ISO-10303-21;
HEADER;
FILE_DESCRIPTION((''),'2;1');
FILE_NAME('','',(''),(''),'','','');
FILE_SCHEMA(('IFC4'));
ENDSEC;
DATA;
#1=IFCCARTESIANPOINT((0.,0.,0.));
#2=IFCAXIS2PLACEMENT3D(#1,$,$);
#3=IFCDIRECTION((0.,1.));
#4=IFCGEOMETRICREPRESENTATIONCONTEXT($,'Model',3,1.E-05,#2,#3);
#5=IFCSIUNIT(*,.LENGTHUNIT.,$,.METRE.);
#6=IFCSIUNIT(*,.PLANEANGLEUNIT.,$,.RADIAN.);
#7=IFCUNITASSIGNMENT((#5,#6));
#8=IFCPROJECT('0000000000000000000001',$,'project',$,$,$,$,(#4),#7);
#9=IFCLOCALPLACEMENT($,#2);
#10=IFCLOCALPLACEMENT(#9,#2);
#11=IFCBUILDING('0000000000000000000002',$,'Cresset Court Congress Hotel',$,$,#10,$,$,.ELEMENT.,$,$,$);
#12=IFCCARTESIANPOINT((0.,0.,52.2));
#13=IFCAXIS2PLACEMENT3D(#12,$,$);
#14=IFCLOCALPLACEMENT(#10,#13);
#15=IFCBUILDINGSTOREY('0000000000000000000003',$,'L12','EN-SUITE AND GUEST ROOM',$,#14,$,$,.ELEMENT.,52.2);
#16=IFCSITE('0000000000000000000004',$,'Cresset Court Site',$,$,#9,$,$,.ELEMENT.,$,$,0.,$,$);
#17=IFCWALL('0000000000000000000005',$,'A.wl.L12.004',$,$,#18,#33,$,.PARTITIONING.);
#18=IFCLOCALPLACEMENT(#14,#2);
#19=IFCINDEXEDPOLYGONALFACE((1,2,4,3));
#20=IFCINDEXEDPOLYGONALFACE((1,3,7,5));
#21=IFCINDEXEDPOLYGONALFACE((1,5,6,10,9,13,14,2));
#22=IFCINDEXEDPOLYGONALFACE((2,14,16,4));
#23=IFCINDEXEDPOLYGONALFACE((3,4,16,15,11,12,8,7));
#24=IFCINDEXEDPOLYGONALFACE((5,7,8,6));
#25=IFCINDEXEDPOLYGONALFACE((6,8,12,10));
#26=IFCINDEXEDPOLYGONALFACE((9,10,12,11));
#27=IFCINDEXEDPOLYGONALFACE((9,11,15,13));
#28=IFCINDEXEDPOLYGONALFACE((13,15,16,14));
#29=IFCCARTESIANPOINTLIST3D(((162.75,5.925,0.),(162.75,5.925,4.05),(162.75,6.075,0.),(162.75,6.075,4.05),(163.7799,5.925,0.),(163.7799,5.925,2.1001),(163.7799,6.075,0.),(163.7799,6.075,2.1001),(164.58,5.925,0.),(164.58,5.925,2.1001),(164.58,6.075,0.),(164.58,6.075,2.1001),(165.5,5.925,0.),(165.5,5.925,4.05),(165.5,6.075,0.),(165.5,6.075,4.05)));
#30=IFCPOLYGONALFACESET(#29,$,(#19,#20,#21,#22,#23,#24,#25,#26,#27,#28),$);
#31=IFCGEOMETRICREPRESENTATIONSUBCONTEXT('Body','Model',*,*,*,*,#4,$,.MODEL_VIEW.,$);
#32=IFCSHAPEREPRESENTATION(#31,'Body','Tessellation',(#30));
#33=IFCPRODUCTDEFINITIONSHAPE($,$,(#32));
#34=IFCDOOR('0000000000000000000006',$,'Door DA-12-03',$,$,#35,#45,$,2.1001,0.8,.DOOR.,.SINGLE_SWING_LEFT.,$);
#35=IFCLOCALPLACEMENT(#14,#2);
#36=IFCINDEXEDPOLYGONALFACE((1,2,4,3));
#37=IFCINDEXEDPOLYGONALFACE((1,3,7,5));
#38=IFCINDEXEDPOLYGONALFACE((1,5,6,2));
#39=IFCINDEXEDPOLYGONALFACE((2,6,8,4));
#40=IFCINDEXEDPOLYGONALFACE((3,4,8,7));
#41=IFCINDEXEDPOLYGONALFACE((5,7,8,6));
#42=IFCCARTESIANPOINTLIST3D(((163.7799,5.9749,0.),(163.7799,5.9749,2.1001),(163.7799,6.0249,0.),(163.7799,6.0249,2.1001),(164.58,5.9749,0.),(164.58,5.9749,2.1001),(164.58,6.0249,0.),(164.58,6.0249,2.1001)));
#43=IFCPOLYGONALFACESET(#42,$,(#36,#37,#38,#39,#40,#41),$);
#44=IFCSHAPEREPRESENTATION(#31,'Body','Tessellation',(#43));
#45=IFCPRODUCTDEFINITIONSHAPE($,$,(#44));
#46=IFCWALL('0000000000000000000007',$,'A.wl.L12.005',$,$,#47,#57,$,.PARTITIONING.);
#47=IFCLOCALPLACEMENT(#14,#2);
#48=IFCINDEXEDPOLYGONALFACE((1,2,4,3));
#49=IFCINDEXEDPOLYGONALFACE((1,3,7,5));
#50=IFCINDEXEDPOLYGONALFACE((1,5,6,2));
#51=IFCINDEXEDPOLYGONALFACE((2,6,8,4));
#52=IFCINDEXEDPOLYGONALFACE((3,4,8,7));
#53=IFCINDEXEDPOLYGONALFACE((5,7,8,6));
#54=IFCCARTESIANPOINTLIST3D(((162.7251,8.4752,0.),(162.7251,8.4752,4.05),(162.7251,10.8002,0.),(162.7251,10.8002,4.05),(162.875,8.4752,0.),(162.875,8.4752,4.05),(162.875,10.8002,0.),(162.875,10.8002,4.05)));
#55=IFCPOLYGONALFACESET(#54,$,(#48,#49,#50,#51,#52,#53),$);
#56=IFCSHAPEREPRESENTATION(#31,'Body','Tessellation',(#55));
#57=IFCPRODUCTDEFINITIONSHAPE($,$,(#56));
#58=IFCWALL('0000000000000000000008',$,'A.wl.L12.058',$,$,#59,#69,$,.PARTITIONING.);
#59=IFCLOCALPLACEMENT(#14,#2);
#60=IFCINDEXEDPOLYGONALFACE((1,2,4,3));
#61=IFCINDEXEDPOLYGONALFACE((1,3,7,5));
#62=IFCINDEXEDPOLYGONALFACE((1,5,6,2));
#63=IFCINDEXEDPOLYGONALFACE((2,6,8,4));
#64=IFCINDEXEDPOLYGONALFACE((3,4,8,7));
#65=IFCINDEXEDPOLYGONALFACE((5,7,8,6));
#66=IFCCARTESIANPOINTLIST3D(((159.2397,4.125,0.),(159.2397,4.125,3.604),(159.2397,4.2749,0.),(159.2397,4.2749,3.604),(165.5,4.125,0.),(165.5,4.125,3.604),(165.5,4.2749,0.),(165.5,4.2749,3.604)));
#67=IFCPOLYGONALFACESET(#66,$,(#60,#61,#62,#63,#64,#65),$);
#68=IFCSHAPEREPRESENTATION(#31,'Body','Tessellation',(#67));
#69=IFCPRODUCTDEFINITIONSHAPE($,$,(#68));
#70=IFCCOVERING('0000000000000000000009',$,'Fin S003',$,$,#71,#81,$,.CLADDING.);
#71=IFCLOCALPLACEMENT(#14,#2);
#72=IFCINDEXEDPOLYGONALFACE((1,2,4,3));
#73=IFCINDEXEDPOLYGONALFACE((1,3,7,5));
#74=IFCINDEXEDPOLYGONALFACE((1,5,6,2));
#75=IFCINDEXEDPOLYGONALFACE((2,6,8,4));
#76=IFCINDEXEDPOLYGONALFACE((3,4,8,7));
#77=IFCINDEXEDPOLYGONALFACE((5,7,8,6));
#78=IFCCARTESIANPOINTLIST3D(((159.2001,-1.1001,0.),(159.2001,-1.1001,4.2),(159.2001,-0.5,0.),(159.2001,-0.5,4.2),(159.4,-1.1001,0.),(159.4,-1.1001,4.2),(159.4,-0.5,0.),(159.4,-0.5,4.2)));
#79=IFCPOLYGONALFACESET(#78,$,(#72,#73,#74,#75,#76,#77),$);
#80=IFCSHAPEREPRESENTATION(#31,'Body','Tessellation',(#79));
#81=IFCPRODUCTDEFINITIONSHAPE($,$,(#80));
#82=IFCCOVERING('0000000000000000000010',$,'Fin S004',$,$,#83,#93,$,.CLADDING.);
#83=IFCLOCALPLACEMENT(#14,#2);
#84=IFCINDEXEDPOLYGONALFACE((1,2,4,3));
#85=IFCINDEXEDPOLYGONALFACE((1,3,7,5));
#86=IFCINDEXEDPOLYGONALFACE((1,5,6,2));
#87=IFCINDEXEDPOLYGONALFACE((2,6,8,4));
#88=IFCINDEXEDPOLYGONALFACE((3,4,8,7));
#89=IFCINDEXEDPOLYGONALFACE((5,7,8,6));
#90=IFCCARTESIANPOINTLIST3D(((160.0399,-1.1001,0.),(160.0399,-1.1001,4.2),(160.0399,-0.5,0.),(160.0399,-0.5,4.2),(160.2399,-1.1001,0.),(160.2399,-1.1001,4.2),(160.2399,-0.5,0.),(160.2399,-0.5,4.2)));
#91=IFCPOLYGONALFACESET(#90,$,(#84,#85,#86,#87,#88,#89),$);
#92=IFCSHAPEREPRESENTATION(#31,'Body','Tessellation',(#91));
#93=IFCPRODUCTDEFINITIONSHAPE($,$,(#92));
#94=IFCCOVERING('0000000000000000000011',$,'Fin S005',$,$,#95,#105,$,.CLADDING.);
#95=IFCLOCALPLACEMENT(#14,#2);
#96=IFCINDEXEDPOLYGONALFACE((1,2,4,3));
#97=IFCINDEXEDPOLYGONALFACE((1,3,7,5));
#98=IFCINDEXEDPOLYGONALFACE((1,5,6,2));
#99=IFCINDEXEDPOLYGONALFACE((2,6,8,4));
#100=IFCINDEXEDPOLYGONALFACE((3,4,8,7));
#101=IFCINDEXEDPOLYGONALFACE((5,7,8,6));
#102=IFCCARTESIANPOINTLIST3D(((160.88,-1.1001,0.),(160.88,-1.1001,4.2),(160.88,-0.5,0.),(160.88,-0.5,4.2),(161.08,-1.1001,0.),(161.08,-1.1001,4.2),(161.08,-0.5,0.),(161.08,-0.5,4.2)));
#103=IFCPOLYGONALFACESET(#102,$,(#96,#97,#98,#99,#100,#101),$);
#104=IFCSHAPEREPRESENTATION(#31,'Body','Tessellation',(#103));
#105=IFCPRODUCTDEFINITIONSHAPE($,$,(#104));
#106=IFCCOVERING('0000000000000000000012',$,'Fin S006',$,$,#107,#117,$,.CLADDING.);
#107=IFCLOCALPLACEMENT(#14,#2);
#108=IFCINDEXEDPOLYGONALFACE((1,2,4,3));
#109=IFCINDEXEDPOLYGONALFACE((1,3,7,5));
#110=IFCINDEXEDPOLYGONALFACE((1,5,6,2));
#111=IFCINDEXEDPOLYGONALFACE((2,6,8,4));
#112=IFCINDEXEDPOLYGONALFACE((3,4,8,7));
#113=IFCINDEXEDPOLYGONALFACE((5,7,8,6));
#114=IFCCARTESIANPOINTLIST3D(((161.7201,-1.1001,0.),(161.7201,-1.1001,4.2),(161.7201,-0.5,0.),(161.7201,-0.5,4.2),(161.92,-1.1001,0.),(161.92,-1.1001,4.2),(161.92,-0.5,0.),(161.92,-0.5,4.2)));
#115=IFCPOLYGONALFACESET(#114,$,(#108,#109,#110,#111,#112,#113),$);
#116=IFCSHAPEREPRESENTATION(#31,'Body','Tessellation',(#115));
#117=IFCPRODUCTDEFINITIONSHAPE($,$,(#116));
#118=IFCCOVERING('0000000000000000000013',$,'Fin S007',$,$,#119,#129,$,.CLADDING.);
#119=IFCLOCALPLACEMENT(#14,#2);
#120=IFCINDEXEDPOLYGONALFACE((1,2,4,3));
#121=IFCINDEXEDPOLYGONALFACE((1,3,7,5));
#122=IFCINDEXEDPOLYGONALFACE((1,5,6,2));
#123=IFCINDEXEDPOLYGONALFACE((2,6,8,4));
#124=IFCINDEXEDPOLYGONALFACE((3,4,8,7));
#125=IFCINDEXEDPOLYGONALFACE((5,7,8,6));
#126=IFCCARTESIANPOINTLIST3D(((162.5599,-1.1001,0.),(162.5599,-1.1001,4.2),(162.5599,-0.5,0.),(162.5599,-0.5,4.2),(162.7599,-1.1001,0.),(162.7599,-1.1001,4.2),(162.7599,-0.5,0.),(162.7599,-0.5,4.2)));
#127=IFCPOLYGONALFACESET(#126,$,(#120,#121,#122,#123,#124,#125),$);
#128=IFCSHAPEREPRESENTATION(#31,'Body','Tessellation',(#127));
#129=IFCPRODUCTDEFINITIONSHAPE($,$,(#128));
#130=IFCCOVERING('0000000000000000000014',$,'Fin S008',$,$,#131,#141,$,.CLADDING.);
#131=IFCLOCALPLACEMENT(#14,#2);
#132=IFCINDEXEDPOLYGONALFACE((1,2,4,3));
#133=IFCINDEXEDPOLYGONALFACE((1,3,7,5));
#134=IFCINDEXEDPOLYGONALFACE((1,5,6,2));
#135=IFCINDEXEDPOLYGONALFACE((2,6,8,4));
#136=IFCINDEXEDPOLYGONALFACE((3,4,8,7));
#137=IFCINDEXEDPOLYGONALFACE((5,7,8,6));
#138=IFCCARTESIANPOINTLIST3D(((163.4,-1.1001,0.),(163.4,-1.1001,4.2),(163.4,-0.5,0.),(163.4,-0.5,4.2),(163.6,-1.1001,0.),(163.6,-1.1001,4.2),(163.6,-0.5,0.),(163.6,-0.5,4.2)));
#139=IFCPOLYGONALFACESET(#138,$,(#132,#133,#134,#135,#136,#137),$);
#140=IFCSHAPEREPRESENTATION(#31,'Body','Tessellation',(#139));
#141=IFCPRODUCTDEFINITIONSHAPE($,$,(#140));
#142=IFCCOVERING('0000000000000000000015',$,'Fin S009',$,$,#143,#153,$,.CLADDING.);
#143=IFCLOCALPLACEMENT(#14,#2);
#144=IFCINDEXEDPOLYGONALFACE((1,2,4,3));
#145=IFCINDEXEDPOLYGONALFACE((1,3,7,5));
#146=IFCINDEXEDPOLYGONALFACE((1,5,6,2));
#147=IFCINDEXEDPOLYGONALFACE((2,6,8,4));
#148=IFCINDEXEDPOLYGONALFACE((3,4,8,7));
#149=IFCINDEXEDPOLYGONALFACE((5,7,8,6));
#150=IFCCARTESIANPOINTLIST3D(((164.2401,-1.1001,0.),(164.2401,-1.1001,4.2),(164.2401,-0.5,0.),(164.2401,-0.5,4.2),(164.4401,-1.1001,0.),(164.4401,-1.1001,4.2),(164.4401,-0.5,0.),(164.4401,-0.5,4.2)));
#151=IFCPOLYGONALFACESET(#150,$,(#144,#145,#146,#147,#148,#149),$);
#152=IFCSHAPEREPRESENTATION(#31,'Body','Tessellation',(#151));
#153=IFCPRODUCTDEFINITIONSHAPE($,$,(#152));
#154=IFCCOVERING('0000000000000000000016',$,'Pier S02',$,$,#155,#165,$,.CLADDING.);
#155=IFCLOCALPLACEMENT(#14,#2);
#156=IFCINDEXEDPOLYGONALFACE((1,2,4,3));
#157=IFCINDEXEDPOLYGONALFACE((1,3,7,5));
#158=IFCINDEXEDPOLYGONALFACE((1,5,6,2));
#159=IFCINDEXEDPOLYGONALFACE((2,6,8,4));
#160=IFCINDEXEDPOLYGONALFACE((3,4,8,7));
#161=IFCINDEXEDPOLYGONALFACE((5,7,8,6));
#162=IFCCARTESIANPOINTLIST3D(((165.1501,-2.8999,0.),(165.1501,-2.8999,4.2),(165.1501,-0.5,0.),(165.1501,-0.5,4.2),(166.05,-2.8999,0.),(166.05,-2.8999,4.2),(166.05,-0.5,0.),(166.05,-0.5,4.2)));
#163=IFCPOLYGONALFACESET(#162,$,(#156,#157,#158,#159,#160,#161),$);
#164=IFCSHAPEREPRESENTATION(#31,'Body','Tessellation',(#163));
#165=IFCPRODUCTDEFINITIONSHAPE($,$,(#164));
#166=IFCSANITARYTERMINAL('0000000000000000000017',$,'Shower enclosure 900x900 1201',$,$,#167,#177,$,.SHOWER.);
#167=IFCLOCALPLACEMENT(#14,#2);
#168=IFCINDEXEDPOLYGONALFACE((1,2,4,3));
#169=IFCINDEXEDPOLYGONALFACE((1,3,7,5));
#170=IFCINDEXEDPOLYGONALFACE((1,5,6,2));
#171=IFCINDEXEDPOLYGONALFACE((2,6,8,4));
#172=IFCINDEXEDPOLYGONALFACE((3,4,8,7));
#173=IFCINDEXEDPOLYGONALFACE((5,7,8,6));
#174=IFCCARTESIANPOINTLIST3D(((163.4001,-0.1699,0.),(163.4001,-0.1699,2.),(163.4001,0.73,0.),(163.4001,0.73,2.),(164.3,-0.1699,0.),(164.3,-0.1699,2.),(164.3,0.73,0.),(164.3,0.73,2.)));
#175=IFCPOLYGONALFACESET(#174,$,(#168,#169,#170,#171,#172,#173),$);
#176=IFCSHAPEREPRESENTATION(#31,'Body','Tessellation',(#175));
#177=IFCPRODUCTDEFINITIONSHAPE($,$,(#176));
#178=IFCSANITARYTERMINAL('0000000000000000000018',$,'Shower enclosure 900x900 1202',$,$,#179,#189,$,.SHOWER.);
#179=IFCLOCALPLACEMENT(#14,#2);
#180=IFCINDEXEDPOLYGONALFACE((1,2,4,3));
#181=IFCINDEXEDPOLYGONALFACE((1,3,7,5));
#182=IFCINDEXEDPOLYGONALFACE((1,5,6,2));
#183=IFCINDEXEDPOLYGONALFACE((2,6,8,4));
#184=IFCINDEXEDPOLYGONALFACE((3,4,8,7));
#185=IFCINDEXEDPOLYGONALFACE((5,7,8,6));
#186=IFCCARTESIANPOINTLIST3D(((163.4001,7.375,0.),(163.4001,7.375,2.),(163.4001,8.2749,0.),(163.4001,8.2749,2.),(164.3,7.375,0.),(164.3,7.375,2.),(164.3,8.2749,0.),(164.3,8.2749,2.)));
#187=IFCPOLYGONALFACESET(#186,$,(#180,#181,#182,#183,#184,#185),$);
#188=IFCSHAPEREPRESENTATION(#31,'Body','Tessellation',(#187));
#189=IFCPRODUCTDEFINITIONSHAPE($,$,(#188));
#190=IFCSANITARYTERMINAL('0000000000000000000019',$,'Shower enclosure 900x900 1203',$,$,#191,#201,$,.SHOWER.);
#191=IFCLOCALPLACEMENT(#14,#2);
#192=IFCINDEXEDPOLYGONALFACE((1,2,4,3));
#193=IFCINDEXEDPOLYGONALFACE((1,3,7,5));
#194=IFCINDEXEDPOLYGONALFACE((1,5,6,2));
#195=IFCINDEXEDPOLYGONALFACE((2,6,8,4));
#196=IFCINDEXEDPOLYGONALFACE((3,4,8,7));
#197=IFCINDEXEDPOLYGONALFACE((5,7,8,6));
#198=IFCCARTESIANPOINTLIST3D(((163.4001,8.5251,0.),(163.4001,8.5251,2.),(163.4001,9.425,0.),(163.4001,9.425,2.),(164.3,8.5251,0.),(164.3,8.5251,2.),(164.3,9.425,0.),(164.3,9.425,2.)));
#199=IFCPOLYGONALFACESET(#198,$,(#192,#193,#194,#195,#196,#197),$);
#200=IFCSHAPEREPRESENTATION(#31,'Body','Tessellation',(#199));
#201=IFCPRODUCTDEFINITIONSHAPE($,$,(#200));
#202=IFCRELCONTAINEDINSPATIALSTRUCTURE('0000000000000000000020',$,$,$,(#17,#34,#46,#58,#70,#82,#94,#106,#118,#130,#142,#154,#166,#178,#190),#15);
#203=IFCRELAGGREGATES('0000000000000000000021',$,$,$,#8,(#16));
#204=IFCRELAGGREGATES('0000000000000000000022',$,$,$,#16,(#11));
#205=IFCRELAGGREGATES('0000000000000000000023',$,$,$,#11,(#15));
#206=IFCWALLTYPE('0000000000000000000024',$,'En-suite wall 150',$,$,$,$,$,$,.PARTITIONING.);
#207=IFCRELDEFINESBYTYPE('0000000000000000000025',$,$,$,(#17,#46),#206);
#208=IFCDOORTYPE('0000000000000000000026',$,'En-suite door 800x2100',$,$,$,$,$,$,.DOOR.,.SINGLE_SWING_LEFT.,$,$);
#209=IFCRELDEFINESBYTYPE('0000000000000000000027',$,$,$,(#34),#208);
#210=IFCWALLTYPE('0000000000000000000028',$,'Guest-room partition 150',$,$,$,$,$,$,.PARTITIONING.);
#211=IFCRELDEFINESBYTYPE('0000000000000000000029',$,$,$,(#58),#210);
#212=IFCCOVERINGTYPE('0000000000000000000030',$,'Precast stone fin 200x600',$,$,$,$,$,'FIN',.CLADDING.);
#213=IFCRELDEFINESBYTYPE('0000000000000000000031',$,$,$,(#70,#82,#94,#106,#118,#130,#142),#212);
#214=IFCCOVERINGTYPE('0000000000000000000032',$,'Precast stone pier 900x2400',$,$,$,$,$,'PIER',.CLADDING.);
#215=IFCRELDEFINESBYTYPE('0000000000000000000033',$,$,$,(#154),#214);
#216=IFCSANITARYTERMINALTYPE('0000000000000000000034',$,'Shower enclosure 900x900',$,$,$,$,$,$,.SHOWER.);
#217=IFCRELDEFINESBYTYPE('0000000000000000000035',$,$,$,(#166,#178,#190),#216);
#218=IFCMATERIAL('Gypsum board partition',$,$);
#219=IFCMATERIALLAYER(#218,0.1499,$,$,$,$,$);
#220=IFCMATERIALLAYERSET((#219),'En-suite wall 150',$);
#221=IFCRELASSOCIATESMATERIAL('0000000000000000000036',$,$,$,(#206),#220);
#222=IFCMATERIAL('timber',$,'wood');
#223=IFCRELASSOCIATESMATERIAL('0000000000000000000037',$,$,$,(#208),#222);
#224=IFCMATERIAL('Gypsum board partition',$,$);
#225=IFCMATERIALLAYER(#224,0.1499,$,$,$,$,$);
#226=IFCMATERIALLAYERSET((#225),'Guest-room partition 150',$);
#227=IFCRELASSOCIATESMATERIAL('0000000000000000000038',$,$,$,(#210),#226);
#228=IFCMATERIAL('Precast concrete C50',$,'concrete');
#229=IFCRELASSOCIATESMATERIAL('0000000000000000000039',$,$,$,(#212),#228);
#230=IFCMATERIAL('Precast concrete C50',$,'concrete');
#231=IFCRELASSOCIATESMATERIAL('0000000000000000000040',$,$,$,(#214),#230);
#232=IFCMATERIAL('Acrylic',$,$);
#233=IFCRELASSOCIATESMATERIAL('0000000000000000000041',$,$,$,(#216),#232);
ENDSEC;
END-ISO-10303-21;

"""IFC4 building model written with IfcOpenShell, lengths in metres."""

from ifc_helpers import new_model, si_unit, direction, frame, frame_2d, origin, origin_2d, place, context, subcontext, project, spatial, rectangle, extrude, material, layer, layer_set, type_object, element, fill, save


model = new_model("IFC4")

# Units and contexts
model_context = context("Model", 3, precision=1e-05, world=origin(), true_north=direction((0.0, 1.0)))
body_context = subcontext(model_context, "Body", "Model", "MODEL_VIEW")
ifc_project = project(units=[si_unit("LENGTHUNIT", "METRE"), si_unit("PLANEANGLEUNIT", "RADIAN")], contexts=[model_context])

# Site, building, storey
site_placement = place(None, origin())
site = spatial("IfcSite", under=ifc_project, at=site_placement, Name="Cresset Court Site", CompositionType="ELEMENT", RefElevation=0.0)
building_placement = place(site_placement, origin())
building = spatial("IfcBuilding", under=site, at=building_placement, Name="Cresset Court Congress Hotel", CompositionType="ELEMENT")
storey_placement = place(building_placement, frame((0.0, 0.0, 52.2)))
storey = spatial("IfcBuildingStorey", under=building, at=storey_placement, Name="L12", Description="EN-SUITE AND GUEST ROOM", CompositionType="ELEMENT", Elevation=52.2)

# Shared definitions
ifc_material_1 = material(Name="Gypsum board partition")
ifc_layer_1 = layer(ifc_material_1, 0.1499)
ifc_layer_set_1 = layer_set([ifc_layer_1], Name="En-suite wall 150")
wall_type_1 = type_object("IfcWallType", Name="En-suite wall 150", PredefinedType="PARTITIONING", material=ifc_layer_set_1)

# Wall, opening, door
wall_1_placement = place(storey_placement, frame((162.75, 6.0, 0.0), z_axis=(0.0, 0.0, 1.0), x_axis=(1.0, 0.0, 0.0)))
wall_1 = element("IfcWall", 1, at=wall_1_placement, inside=storey, type_object=wall_type_1, Name="A.wl.L12.004", PredefinedType="PARTITIONING", context=body_context, shape_type="SweptSolid", body=[
    extrude(rectangle(XDim=2.75, YDim=0.1499, at=frame_2d((1.375, 0.0))), origin(), (0.0, 0.0, 1.0), 4.05),
])
opening_1_placement = place(wall_1_placement, frame((1.03, 0.0, 0.0)))
opening_1 = element("IfcOpeningElement", 2, at=opening_1_placement, cuts=wall_1, PredefinedType="OPENING", context=body_context, shape_type="SweptSolid", body=[
    extrude(rectangle(XDim=0.8, YDim=2.1001, at=frame_2d((0.3999, 1.05))), frame((0.0, 0.085, 0.0), z_axis=(0.0, -1.0, 0.0), x_axis=(1.0, 0.0, 0.0)), (0.0, 0.0, 1.0), 0.1699),
])
ifc_material_2 = material(Name="timber", Category="wood")
door_type_1 = type_object("IfcDoorType", Name="En-suite door 800x2100", OperationType="SINGLE_SWING_LEFT", PredefinedType="DOOR", material=ifc_material_2)
door_1_placement = place(opening_1_placement, origin())
door_1 = element("IfcDoor", 3, at=door_1_placement, inside=storey, type_object=door_type_1, Name="Door DA-12-03", OperationType="SINGLE_SWING_LEFT", OverallHeight=2.1001, OverallWidth=0.8, PredefinedType="DOOR", context=body_context, shape_type="SweptSolid", body=[
    extrude(rectangle(XDim=0.8, YDim=2.1001, at=frame_2d((0.3999, 1.05))), frame((0.0, 0.0249, 0.0), z_axis=(0.0, -1.0, 0.0), x_axis=(1.0, 0.0, 0.0)), (0.0, 0.0, 1.0), 0.05),
])
fill(opening_1, door_1)

# Walls
wall_2_placement = place(storey_placement, frame((162.8, 8.4751, 0.0), z_axis=(0.0, 0.0, 1.0), x_axis=(0.0, 1.0, 0.0)))
element("IfcWall", 4, at=wall_2_placement, inside=storey, type_object=wall_type_1, Name="A.wl.L12.005", PredefinedType="PARTITIONING", context=body_context, shape_type="SweptSolid", body=[
    extrude(rectangle(XDim=2.325, YDim=0.1499, at=frame_2d((1.1626, 0.0))), origin(), (0.0, 0.0, 1.0), 4.05),
])
ifc_material_3 = material(Name="Gypsum board partition")
ifc_layer_2 = layer(ifc_material_3, 0.1499)
ifc_layer_set_2 = layer_set([ifc_layer_2], Name="Guest-room partition 150")
wall_type_2 = type_object("IfcWallType", Name="Guest-room partition 150", PredefinedType="PARTITIONING", material=ifc_layer_set_2)
wall_3_placement = place(storey_placement, frame((159.2397, 4.2, 0.0), z_axis=(0.0, 0.0, 1.0), x_axis=(1.0, 0.0, 0.0)))
element("IfcWall", 5, at=wall_3_placement, inside=storey, type_object=wall_type_2, Name="A.wl.L12.058", PredefinedType="PARTITIONING", context=body_context, shape_type="SweptSolid", body=[
    extrude(rectangle(XDim=6.2603, YDim=0.1499, at=frame_2d((3.1301, 0.0))), origin(), (0.0, 0.0, 1.0), 3.604),
])

# Coverings
ifc_material_4 = material(Name="Precast concrete C50", Category="concrete")
covering_type_1 = type_object("IfcCoveringType", Name="Precast stone fin 200x600", ElementType="FIN", PredefinedType="CLADDING", material=ifc_material_4)
for number, where, z_axis, x_axis, name in (
    (6, (159.3, -0.8, 0.0), (0.0, 0.0, 1.0), (1.0, 0.0, 0.0), "Fin S003"),
    (7, (160.1399, -0.8, 0.0), (0.0, 0.0, 1.0), (1.0, 0.0, 0.0), "Fin S004"),
    (8, (160.98, -0.8, 0.0), (0.0, 0.0, 1.0), (1.0, 0.0, 0.0), "Fin S005"),
    (9, (161.8201, -0.8, 0.0), (0.0, 0.0, 1.0), (1.0, 0.0, 0.0), "Fin S006"),
    (10, (162.6599, -0.8, 0.0), (0.0, 0.0, 1.0), (1.0, 0.0, 0.0), "Fin S007"),
    (11, (163.5, -0.8, 0.0), (0.0, 0.0, 1.0), (1.0, 0.0, 0.0), "Fin S008"),
    (12, (164.3401, -0.8, 0.0), (0.0, 0.0, 1.0), (1.0, 0.0, 0.0), "Fin S009"),
):
    element("IfcCovering", number, at=place(storey_placement, frame(where, z_axis=z_axis, x_axis=x_axis)), inside=storey, type_object=covering_type_1, Name=name, PredefinedType="CLADDING", context=body_context, shape_type="SweptSolid", body=[
        extrude(rectangle(XDim=0.2, YDim=0.6001, at=origin_2d()), origin(), (0.0, 0.0, 1.0), 4.2),
    ])
ifc_material_5 = material(Name="Precast concrete C50", Category="concrete")
covering_type_2 = type_object("IfcCoveringType", Name="Precast stone pier 900x2400", ElementType="PIER", PredefinedType="CLADDING", material=ifc_material_5)
covering_placement = place(storey_placement, frame((165.6001, -1.7, 0.0), z_axis=(0.0, 0.0, 1.0), x_axis=(1.0, 0.0, 0.0)))
element("IfcCovering", 13, at=covering_placement, inside=storey, type_object=covering_type_2, Name="Pier S02", PredefinedType="CLADDING", context=body_context, shape_type="SweptSolid", body=[
    extrude(rectangle(XDim=0.8999, YDim=2.3999, at=origin_2d()), origin(), (0.0, 0.0, 1.0), 4.2),
])

# Sanitary terminals
ifc_material_6 = material(Name="Acrylic")
sanitary_terminal_type_1 = type_object("IfcSanitaryTerminalType", Name="Shower enclosure 900x900", PredefinedType="SHOWER", material=ifc_material_6)
for number, where, z_axis, x_axis, name in (
    (14, (163.8501, 0.28, 0.0), (0.0, 0.0, 1.0), (1.0, 0.0, 0.0), "Shower enclosure 900x900 1201"),
    (15, (163.8501, 7.825, 0.0), (0.0, 0.0, 1.0), (1.0, 0.0, 0.0), "Shower enclosure 900x900 1202"),
    (16, (163.8501, 8.9751, 0.0), (0.0, 0.0, 1.0), (1.0, 0.0, 0.0), "Shower enclosure 900x900 1203"),
):
    element("IfcSanitaryTerminal", number, at=place(storey_placement, frame(where, z_axis=z_axis, x_axis=x_axis)), inside=storey, type_object=sanitary_terminal_type_1, Name=name, PredefinedType="SHOWER", context=body_context, shape_type="SweptSolid", body=[
        extrude(rectangle(XDim=0.8999, YDim=0.8999, at=origin_2d()), origin(), (0.0, 0.0, 1.0), 2.0),
    ])

save(model, "model.ifc")
